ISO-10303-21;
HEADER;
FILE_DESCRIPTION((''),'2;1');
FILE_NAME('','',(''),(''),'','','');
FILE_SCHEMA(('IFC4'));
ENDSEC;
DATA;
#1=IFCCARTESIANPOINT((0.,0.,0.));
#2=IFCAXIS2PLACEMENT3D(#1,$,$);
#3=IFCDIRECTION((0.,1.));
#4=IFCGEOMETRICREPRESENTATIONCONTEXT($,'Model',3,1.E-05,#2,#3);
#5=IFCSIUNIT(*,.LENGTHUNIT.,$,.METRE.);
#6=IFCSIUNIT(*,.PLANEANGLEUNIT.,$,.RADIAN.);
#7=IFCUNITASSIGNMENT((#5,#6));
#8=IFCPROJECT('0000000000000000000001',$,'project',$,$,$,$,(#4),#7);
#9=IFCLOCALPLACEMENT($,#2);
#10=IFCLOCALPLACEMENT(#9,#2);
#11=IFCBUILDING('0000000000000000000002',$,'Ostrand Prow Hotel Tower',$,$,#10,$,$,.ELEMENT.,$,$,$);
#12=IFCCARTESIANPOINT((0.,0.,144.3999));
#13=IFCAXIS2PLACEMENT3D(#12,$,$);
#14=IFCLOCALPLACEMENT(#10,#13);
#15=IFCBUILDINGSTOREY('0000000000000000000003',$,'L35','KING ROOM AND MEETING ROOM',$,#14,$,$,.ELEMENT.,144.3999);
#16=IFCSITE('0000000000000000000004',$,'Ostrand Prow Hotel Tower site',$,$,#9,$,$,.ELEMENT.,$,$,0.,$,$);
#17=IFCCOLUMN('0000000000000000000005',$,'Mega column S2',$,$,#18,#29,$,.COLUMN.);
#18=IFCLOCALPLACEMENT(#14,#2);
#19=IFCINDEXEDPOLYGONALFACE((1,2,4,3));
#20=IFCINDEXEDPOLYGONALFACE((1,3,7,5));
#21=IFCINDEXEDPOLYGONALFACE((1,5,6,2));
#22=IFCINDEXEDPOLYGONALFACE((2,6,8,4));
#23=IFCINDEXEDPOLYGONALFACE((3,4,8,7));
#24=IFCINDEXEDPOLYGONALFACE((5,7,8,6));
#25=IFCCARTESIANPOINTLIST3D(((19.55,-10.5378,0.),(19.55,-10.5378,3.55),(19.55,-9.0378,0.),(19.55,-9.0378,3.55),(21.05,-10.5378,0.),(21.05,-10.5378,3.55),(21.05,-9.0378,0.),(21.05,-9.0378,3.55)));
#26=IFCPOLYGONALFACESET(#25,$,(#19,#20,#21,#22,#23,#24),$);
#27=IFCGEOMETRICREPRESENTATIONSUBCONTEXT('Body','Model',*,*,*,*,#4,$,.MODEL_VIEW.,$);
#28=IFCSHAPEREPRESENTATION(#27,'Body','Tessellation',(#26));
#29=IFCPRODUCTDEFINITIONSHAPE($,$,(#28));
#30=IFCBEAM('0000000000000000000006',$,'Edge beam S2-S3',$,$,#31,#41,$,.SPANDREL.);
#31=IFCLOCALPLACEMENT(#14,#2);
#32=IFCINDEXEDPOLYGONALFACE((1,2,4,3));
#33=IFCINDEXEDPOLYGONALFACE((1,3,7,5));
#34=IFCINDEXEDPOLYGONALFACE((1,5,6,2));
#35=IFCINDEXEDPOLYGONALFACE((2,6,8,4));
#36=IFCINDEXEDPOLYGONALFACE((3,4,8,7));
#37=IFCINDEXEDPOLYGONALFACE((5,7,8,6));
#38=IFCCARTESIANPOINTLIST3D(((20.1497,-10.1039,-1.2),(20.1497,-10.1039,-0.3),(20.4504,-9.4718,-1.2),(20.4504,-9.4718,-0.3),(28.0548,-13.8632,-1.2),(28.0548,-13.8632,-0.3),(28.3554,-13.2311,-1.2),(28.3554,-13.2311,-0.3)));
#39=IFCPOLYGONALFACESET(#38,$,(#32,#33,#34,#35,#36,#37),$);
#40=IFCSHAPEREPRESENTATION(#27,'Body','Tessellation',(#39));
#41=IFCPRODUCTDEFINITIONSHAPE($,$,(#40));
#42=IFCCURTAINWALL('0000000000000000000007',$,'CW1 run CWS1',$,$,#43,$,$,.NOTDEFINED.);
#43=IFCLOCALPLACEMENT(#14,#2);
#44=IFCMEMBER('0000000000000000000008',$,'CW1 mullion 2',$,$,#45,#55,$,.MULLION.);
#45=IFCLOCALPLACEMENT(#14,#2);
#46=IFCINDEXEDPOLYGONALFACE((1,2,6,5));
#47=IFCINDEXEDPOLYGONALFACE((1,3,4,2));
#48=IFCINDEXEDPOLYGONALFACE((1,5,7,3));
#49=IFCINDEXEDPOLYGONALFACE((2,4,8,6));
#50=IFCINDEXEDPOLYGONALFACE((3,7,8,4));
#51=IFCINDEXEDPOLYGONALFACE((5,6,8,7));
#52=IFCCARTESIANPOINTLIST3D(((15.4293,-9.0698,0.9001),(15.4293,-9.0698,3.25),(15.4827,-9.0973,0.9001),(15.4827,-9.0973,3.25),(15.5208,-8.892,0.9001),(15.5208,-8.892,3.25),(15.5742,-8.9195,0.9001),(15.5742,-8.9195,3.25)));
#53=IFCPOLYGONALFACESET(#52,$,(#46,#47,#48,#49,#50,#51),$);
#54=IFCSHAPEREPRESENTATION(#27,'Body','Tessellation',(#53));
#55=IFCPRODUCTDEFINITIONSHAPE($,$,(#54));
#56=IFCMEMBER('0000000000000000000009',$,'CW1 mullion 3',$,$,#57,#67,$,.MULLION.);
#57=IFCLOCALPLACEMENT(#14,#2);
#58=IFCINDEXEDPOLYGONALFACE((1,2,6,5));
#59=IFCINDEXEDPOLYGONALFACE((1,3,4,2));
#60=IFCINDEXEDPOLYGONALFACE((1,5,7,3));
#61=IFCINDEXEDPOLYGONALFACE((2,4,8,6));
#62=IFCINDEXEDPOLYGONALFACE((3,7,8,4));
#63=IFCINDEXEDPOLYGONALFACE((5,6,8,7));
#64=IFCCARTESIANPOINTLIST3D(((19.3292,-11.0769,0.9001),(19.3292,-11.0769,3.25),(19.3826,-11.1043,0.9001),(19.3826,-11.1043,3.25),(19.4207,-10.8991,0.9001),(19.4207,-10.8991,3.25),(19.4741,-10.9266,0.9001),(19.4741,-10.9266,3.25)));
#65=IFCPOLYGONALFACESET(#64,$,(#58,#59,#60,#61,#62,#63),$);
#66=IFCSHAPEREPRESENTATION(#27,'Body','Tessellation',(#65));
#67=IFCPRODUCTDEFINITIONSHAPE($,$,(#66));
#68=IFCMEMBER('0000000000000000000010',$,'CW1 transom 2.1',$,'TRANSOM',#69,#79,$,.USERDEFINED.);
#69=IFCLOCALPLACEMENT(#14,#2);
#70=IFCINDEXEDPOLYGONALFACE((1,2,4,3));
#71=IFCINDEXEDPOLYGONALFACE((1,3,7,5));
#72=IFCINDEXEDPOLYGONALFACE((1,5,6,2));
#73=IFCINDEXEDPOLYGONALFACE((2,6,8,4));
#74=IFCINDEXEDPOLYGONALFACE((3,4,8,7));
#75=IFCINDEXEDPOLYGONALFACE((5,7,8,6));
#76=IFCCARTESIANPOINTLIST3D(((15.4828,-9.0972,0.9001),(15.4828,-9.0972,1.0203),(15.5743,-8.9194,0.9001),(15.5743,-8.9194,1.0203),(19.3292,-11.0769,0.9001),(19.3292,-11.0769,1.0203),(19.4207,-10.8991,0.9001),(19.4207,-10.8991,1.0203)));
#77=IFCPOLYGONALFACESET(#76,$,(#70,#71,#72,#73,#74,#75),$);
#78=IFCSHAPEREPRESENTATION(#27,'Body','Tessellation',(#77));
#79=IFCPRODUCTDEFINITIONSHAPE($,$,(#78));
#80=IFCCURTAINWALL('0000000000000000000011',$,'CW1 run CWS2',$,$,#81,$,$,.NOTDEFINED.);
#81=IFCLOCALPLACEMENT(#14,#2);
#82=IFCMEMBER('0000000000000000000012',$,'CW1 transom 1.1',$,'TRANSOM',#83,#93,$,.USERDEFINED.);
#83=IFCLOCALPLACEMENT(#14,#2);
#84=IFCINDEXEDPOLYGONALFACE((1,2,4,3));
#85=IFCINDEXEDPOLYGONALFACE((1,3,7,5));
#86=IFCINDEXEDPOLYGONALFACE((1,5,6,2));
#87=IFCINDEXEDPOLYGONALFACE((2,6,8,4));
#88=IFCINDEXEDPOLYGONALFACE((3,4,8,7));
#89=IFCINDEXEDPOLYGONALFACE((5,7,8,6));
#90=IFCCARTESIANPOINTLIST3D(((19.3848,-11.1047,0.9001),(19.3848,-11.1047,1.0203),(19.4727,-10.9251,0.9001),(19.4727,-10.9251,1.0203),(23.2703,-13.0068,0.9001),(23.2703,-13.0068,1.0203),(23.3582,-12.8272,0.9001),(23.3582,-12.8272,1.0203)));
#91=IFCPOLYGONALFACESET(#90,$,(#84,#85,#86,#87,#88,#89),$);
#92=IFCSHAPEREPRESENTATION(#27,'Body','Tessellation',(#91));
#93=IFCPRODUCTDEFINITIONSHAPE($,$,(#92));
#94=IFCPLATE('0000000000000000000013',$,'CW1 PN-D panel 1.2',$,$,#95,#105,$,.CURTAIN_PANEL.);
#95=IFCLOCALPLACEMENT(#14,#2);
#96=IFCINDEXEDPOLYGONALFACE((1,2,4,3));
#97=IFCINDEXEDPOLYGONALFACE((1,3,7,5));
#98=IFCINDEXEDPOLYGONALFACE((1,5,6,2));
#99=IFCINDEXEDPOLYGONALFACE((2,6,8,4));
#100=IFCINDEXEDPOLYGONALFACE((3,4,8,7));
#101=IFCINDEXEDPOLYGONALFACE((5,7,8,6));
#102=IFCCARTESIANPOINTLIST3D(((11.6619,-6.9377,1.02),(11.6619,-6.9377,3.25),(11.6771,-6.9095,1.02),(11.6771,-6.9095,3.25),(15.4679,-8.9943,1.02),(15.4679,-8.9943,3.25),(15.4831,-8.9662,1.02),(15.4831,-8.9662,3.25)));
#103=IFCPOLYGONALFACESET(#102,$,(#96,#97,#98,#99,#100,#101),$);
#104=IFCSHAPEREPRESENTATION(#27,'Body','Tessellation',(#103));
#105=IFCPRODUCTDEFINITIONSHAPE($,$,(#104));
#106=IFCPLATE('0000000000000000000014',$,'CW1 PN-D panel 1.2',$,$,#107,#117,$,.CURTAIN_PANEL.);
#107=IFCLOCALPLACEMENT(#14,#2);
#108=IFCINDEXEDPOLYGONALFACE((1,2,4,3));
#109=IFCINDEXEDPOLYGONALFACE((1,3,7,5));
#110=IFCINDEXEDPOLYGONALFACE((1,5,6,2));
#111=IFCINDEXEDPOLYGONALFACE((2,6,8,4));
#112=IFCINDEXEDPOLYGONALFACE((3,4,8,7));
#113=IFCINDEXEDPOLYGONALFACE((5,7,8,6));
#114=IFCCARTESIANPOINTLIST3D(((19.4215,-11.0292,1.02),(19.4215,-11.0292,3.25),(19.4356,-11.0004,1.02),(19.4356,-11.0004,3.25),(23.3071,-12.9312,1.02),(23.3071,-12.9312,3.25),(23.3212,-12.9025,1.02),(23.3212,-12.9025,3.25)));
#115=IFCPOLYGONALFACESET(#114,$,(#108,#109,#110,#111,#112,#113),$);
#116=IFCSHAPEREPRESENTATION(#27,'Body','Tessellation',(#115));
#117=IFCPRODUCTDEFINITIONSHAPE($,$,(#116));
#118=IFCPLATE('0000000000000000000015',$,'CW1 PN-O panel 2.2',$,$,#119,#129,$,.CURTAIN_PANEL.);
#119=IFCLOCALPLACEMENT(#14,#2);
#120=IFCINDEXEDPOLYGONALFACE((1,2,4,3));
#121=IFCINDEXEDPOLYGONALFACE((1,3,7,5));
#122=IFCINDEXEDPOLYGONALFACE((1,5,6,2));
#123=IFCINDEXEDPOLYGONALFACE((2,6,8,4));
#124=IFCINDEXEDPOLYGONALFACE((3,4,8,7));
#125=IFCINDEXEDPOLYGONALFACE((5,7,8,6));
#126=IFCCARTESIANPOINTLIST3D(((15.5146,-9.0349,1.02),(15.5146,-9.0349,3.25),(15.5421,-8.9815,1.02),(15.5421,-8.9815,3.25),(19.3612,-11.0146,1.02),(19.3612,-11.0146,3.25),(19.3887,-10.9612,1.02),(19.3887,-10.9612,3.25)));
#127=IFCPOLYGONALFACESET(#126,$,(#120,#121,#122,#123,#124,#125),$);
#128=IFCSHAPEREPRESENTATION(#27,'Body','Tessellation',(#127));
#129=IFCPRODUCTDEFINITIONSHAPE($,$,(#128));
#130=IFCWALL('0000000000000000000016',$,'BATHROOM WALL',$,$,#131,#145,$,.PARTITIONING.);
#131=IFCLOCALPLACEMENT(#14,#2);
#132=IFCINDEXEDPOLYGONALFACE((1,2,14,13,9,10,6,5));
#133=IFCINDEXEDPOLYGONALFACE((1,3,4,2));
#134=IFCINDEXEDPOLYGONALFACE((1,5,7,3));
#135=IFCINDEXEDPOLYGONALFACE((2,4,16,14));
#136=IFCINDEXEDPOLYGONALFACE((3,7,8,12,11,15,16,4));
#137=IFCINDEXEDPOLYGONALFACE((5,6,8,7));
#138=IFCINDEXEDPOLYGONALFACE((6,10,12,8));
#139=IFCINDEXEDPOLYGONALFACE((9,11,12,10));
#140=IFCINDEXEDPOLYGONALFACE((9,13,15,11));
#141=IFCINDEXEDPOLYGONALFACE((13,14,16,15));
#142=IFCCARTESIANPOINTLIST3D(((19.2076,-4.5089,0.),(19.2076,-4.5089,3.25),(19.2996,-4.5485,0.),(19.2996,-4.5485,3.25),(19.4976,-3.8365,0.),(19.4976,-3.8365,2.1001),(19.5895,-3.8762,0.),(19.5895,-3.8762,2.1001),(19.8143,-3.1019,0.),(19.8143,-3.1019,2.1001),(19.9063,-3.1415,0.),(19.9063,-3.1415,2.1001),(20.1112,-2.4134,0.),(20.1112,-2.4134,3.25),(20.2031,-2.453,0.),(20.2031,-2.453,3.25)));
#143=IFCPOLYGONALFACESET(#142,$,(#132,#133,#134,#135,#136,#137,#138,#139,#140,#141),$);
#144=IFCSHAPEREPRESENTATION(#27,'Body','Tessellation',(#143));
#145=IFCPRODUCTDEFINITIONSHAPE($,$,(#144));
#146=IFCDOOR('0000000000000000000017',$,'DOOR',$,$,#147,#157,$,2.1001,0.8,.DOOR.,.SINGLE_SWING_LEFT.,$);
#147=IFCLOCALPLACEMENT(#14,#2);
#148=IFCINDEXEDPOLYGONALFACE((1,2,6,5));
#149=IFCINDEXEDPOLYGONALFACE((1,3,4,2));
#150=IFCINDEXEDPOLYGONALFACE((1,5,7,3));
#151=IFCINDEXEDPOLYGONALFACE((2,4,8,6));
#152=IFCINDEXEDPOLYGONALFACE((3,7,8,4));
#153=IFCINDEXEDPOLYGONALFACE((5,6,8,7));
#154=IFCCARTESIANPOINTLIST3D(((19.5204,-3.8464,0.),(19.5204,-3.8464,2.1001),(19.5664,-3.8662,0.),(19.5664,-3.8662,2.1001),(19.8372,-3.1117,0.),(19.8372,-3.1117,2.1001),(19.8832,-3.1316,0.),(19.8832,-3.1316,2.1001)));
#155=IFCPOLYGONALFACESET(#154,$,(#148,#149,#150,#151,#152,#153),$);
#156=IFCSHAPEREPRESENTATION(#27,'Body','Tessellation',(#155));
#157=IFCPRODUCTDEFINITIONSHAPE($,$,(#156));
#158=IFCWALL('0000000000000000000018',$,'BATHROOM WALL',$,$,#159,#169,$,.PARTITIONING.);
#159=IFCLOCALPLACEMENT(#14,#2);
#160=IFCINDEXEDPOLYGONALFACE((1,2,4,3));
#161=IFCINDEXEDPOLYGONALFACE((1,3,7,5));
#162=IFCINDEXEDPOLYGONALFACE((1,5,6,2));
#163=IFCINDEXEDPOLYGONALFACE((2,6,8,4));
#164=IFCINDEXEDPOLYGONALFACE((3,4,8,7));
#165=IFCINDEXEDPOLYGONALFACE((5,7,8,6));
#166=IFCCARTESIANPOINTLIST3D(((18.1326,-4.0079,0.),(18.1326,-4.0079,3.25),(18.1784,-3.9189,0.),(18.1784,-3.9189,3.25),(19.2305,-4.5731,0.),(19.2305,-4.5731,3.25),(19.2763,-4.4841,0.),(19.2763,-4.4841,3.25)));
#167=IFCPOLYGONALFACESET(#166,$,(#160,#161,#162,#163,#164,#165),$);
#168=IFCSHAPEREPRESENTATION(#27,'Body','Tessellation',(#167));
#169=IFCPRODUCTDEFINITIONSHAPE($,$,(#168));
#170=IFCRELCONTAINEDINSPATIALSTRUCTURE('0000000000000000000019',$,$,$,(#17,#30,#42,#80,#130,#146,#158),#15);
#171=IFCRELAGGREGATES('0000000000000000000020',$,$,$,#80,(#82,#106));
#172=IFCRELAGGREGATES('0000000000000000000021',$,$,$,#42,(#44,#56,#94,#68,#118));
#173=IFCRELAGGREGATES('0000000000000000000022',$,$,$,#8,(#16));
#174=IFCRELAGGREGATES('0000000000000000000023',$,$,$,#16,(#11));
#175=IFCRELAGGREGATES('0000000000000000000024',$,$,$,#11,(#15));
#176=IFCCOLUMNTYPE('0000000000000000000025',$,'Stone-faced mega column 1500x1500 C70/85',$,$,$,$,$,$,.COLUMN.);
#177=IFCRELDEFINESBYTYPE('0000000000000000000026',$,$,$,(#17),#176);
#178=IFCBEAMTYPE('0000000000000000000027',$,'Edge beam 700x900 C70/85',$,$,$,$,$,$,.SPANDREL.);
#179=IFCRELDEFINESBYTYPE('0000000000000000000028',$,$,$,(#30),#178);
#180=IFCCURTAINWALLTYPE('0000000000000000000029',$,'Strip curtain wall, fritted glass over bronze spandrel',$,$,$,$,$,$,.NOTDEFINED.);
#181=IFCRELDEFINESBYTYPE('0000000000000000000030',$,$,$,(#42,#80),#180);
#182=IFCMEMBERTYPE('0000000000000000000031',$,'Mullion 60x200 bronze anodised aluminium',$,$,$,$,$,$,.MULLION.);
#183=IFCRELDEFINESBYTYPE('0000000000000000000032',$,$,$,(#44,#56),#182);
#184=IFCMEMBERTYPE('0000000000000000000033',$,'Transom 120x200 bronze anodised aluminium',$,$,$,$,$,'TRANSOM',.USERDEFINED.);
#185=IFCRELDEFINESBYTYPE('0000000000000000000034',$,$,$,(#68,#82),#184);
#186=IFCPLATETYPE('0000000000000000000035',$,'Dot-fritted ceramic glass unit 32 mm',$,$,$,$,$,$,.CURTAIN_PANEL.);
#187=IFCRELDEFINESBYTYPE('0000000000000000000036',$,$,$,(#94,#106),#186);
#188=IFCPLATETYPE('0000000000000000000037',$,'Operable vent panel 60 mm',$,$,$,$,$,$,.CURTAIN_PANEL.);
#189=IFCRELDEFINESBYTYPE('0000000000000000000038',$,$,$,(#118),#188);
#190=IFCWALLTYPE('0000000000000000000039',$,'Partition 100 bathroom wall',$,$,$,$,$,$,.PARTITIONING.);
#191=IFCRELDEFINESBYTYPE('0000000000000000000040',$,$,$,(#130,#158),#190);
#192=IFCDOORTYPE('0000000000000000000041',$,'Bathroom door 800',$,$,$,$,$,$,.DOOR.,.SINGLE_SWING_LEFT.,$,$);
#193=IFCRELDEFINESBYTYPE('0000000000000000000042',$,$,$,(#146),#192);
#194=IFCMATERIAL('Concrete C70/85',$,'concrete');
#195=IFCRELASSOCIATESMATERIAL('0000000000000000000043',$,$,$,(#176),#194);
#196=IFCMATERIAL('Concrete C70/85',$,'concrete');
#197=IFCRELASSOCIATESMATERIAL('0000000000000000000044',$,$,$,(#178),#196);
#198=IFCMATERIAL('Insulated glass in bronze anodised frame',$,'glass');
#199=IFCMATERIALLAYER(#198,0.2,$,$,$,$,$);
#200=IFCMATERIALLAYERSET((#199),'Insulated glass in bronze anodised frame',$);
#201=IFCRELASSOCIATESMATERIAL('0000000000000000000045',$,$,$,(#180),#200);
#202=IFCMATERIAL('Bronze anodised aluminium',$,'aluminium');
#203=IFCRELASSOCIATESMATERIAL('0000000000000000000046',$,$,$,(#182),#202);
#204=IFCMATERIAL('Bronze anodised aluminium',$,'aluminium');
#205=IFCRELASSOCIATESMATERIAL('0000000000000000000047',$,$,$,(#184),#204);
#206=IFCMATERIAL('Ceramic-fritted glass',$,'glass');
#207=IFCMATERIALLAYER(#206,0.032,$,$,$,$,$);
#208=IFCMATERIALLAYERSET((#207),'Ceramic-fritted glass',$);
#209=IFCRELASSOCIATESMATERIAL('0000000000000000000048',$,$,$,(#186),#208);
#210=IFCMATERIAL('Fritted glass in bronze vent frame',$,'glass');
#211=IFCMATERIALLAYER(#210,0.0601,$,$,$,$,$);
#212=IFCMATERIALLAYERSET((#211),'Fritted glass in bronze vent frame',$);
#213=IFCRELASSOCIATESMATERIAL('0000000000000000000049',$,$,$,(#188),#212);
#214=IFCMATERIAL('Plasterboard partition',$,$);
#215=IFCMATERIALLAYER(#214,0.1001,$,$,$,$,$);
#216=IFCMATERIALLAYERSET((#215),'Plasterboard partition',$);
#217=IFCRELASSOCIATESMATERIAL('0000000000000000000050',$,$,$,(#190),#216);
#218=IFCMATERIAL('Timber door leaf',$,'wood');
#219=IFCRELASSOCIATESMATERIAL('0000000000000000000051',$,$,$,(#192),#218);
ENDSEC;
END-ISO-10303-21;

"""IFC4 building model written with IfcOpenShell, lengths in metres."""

from ifc_helpers import new_model, si_unit, direction, frame, frame_2d, origin, origin_2d, place, context, subcontext, project, spatial, rectangle, extrude, material, layer, layer_set, material_profile, profile_set, type_object, element, fill, aggregate, save


model = new_model("IFC4")

# Units and contexts
model_context = context("Model", 3, precision=1e-05, world=origin(), true_north=direction((0.0, 1.0)))
body_context = subcontext(model_context, "Body", "Model", "MODEL_VIEW")
ifc_project = project(units=[si_unit("LENGTHUNIT", "METRE"), si_unit("PLANEANGLEUNIT", "RADIAN")], contexts=[model_context])

# Site, building, storey
site_placement = place(None, origin())
site = spatial("IfcSite", under=ifc_project, at=site_placement, Name="Ostrand Prow Hotel Tower site", CompositionType="ELEMENT", RefElevation=0.0)
building_placement = place(site_placement, origin())
building = spatial("IfcBuilding", under=site, at=building_placement, Name="Ostrand Prow Hotel Tower", CompositionType="ELEMENT")
storey_placement = place(building_placement, frame((0.0, 0.0, 144.3999)))
storey = spatial("IfcBuildingStorey", under=building, at=storey_placement, Name="L35", Description="KING ROOM AND MEETING ROOM", CompositionType="ELEMENT", Elevation=144.3999)

# Column
ifc_material_1 = material(Name="Concrete C70/85", Category="concrete")
ifc_material_profile_1 = material_profile(ifc_material_1, rectangle(XDim=1.5, YDim=1.5, at=origin_2d()), Name="RC 1500x1500")
ifc_profile_set_1 = profile_set([ifc_material_profile_1], Name="Concrete C70/85")
column_type = type_object("IfcColumnType", Name="Stone-faced mega column 1500x1500 C70/85", PredefinedType="COLUMN", material=ifc_profile_set_1)
column_placement = place(storey_placement, frame((20.3, -9.7878, 0.0), z_axis=(0.0, 0.0, 1.0), x_axis=(1.0, 0.0, 0.0)))
element("IfcColumn", 1, at=column_placement, inside=storey, type_object=column_type, Name="Mega column S2", PredefinedType="COLUMN", context=body_context, shape_type="SweptSolid", body=[
    extrude(rectangle(XDim=1.5, YDim=1.5, at=origin_2d()), origin(), (0.0, 0.0, 1.0), 3.55),
])

# Beam
ifc_material_2 = material(Name="Concrete C70/85", Category="concrete")
ifc_material_profile_2 = material_profile(ifc_material_2, rectangle(XDim=0.7, YDim=0.8999, at=origin_2d()), Name="RC 700x900")
ifc_profile_set_2 = profile_set([ifc_material_profile_2], Name="Concrete C70/85")
beam_type = type_object("IfcBeamType", Name="Edge beam 700x900 C70/85", PredefinedType="SPANDREL", material=ifc_profile_set_2)
beam_placement = place(storey_placement, frame((20.3, -9.7878, -0.75), z_axis=(0.903083, -0.429466, 0.0), x_axis=(0.429466, 0.903083, 0.0)))
element("IfcBeam", 2, at=beam_placement, inside=storey, type_object=beam_type, Name="Edge beam S2-S3", PredefinedType="SPANDREL", context=body_context, shape_type="SweptSolid", body=[
    extrude(rectangle(XDim=0.7, YDim=0.8999, at=origin_2d()), origin(), (0.0, 0.0, 1.0), 8.7534),
])

# Curtain wall, members
ifc_material_3 = material(Name="Insulated glass in bronze anodised frame", Category="glass")
ifc_layer_1 = layer(ifc_material_3, 0.2)
ifc_layer_set_1 = layer_set([ifc_layer_1], Name="Insulated glass in bronze anodised frame")
curtain_wall_type = type_object("IfcCurtainWallType", Name="Strip curtain wall, fritted glass over bronze spandrel", PredefinedType="NOTDEFINED", material=ifc_layer_set_1)
curtain_wall_1_placement = place(storey_placement, origin())
curtain_wall_1 = element("IfcCurtainWall", 3, at=curtain_wall_1_placement, inside=storey, type_object=curtain_wall_type, Name="CW1 run CWS1", PredefinedType="NOTDEFINED")
ifc_material_4 = material(Name="Bronze anodised aluminium", Category="aluminium")
ifc_material_profile_3 = material_profile(ifc_material_4, rectangle(XDim=0.2, YDim=0.0601, at=origin_2d()), Name="Mullion 60x200 bronze anodised aluminium")
ifc_profile_set_3 = profile_set([ifc_material_profile_3], Name="Bronze anodised aluminium")
member_type_1 = type_object("IfcMemberType", Name="Mullion 60x200 bronze anodised aluminium", PredefinedType="MULLION", material=ifc_profile_set_3)
member_1_placement = place(storey_placement, frame((15.5017, -8.9946, 0.9001), z_axis=(0.0, 0.0, 1.0), x_axis=(0.457619, 0.889148, 0.0)))
member_1 = element("IfcMember", 4, at=member_1_placement, type_object=member_type_1, Name="CW1 mullion 2", PredefinedType="MULLION", context=body_context, shape_type="SweptSolid", body=[
    extrude(rectangle(XDim=0.2, YDim=0.0601, at=origin_2d()), origin(), (0.0, 0.0, 1.0), 2.3499),
])
member_2_placement = place(storey_placement, frame((19.4016, -11.0017, 0.9001), z_axis=(0.0, 0.0, 1.0), x_axis=(0.457619, 0.889148, 0.0)))
member_2 = element("IfcMember", 5, at=member_2_placement, type_object=member_type_1, Name="CW1 mullion 3", PredefinedType="MULLION", context=body_context, shape_type="SweptSolid", body=[
    extrude(rectangle(XDim=0.2, YDim=0.0601, at=origin_2d()), origin(), (0.0, 0.0, 1.0), 2.3499),
])
ifc_material_5 = material(Name="Bronze anodised aluminium", Category="aluminium")
ifc_material_profile_4 = material_profile(ifc_material_5, rectangle(XDim=0.2, YDim=0.1201, at=origin_2d()), Name="Transom 120x200 bronze anodised aluminium")
ifc_profile_set_4 = profile_set([ifc_material_profile_4], Name="Bronze anodised aluminium")
member_type_2 = type_object("IfcMemberType", Name="Transom 120x200 bronze anodised aluminium", ElementType="TRANSOM", PredefinedType="USERDEFINED", material=ifc_profile_set_4)
member_3_placement = place(storey_placement, frame((15.5286, -9.0083, 0.9602), z_axis=(0.88914, -0.457635, 0.0), x_axis=(0.457635, 0.88914, 0.0)))
member_3 = element("IfcMember", 6, at=member_3_placement, type_object=member_type_2, Name="CW1 transom 2.1", ObjectType="TRANSOM", PredefinedType="USERDEFINED", context=body_context, shape_type="SweptSolid", body=[
    extrude(rectangle(XDim=0.2, YDim=0.1201, at=origin_2d()), origin(), (0.0, 0.0, 1.0), 4.3259),
])

# Curtain wall, member
curtain_wall_2_placement = place(storey_placement, origin())
curtain_wall_2 = element("IfcCurtainWall", 7, at=curtain_wall_2_placement, inside=storey, type_object=curtain_wall_type, Name="CW1 run CWS2", PredefinedType="NOTDEFINED")
member_4_placement = place(storey_placement, frame((19.4287, -11.0149, 0.9602), z_axis=(0.898154, -0.439681, 0.0), x_axis=(0.439681, 0.898154, 0.0)))
member_4 = element("IfcMember", 8, at=member_4_placement, type_object=member_type_2, Name="CW1 transom 1.1", ObjectType="TRANSOM", PredefinedType="USERDEFINED", context=body_context, shape_type="SweptSolid", body=[
    extrude(rectangle(XDim=0.2, YDim=0.1201, at=origin_2d()), origin(), (0.0, 0.0, 1.0), 4.3262),
])

# Plates
ifc_material_6 = material(Name="Ceramic-fritted glass", Category="glass")
ifc_layer_2 = layer(ifc_material_6, 0.032)
ifc_layer_set_2 = layer_set([ifc_layer_2], Name="Ceramic-fritted glass")
plate_type_1 = type_object("IfcPlateType", Name="Dot-fritted ceramic glass unit 32 mm", PredefinedType="CURTAIN_PANEL", material=ifc_layer_set_2)
plate_1_placement = place(storey_placement, frame((13.5725, -7.9519, 1.02), z_axis=(0.0, 0.0, 1.0), x_axis=(0.879773, -0.475394, 0.0)))
plate_1 = element("IfcPlate", 9, at=plate_1_placement, type_object=plate_type_1, Name="CW1 PN-D panel 1.2", PredefinedType="CURTAIN_PANEL", context=body_context, shape_type="SweptSolid", body=[
    extrude(rectangle(XDim=4.3262, YDim=0.032, at=origin_2d()), origin(), (0.0, 0.0, 1.0), 2.23),
])
plate_2_placement = place(storey_placement, frame((21.3713, -11.9658, 1.02), z_axis=(0.0, 0.0, 1.0), x_axis=(0.898165, -0.439659, 0.0)))
plate_2 = element("IfcPlate", 10, at=plate_2_placement, type_object=plate_type_1, Name="CW1 PN-D panel 1.2", PredefinedType="CURTAIN_PANEL", context=body_context, shape_type="SweptSolid", body=[
    extrude(rectangle(XDim=4.3262, YDim=0.032, at=origin_2d()), origin(), (0.0, 0.0, 1.0), 2.23),
])
aggregate(curtain_wall_2, [member_4, plate_2])
ifc_material_7 = material(Name="Fritted glass in bronze vent frame", Category="glass")
ifc_layer_3 = layer(ifc_material_7, 0.0601)
ifc_layer_set_3 = layer_set([ifc_layer_3], Name="Fritted glass in bronze vent frame")
plate_type_2 = type_object("IfcPlateType", Name="Operable vent panel 60 mm", PredefinedType="CURTAIN_PANEL", material=ifc_layer_set_3)
plate_3_placement = place(storey_placement, frame((17.4517, -9.998, 1.02), z_axis=(0.0, 0.0, 1.0), x_axis=(0.889148, -0.457619, 0.0)))
plate_3 = element("IfcPlate", 11, at=plate_3_placement, type_object=plate_type_2, Name="CW1 PN-O panel 2.2", PredefinedType="CURTAIN_PANEL", context=body_context, shape_type="SweptSolid", body=[
    extrude(rectangle(XDim=4.3262, YDim=0.0601, at=origin_2d()), origin(), (0.0, 0.0, 1.0), 2.23),
])
aggregate(curtain_wall_1, [member_1, member_2, plate_1, member_3, plate_3])

# Wall, opening, door
ifc_material_8 = material(Name="Plasterboard partition")
ifc_layer_4 = layer(ifc_material_8, 0.1001)
ifc_layer_set_4 = layer_set([ifc_layer_4], Name="Plasterboard partition")
wall_type_1 = type_object("IfcWallType", Name="Partition 100 bathroom wall", PredefinedType="PARTITIONING", material=ifc_layer_set_4)
wall_1_placement = place(storey_placement, frame((20.1572, -2.4331, 0.0), z_axis=(0.0, 0.0, 1.0), x_axis=(-0.395958, -0.918268, 0.0)))
wall_1 = element("IfcWall", 12, at=wall_1_placement, inside=storey, type_object=wall_type_1, Name="BATHROOM WALL", PredefinedType="PARTITIONING", context=body_context, shape_type="SweptSolid", body=[
    extrude(rectangle(XDim=2.282, YDim=0.1001, at=frame_2d((1.1411, 0.0))), origin(), (0.0, 0.0, 1.0), 3.25),
])
opening_1_placement = place(wall_1_placement, frame((0.75, 0.0, 0.0)))
opening_1 = element("IfcOpeningElement", 13, at=opening_1_placement, cuts=wall_1, PredefinedType="OPENING", context=body_context, shape_type="SweptSolid", body=[
    extrude(rectangle(XDim=0.8, YDim=2.1001, at=frame_2d((0.3999, 1.05))), frame((0.0, 0.0601, 0.0), z_axis=(0.0, -1.0, 0.0), x_axis=(1.0, 0.0, 0.0)), (0.0, 0.0, 1.0), 0.1201),
])
ifc_material_9 = material(Name="Timber door leaf", Category="wood")
door_type_1 = type_object("IfcDoorType", Name="Bathroom door 800", OperationType="SINGLE_SWING_LEFT", PredefinedType="DOOR", material=ifc_material_9)
door_1_placement = place(opening_1_placement, origin())
door_1 = element("IfcDoor", 14, at=door_1_placement, inside=storey, type_object=door_type_1, Name="DOOR", OperationType="SINGLE_SWING_LEFT", OverallHeight=2.1001, OverallWidth=0.8, PredefinedType="DOOR", context=body_context, shape_type="SweptSolid", body=[
    extrude(rectangle(XDim=0.8, YDim=2.1001, at=frame_2d((0.3999, 1.05))), frame((0.0, 0.0249, 0.0), z_axis=(0.0, -1.0, 0.0), x_axis=(1.0, 0.0, 0.0)), (0.0, 0.0, 1.0), 0.05),
])
fill(opening_1, door_1)

# Wall
wall_2_placement = place(storey_placement, frame((19.2534, -4.5286, 0.0), z_axis=(0.0, 0.0, 1.0), x_axis=(-0.889106, 0.457701, 0.0)))
element("IfcWall", 15, at=wall_2_placement, inside=storey, type_object=wall_type_1, Name="BATHROOM WALL", PredefinedType="PARTITIONING", context=body_context, shape_type="SweptSolid", body=[
    extrude(rectangle(XDim=1.2349, YDim=0.1001, at=frame_2d((0.6174, 0.0))), origin(), (0.0, 0.0, 1.0), 3.25),
])

save(model, "model.ifc")
